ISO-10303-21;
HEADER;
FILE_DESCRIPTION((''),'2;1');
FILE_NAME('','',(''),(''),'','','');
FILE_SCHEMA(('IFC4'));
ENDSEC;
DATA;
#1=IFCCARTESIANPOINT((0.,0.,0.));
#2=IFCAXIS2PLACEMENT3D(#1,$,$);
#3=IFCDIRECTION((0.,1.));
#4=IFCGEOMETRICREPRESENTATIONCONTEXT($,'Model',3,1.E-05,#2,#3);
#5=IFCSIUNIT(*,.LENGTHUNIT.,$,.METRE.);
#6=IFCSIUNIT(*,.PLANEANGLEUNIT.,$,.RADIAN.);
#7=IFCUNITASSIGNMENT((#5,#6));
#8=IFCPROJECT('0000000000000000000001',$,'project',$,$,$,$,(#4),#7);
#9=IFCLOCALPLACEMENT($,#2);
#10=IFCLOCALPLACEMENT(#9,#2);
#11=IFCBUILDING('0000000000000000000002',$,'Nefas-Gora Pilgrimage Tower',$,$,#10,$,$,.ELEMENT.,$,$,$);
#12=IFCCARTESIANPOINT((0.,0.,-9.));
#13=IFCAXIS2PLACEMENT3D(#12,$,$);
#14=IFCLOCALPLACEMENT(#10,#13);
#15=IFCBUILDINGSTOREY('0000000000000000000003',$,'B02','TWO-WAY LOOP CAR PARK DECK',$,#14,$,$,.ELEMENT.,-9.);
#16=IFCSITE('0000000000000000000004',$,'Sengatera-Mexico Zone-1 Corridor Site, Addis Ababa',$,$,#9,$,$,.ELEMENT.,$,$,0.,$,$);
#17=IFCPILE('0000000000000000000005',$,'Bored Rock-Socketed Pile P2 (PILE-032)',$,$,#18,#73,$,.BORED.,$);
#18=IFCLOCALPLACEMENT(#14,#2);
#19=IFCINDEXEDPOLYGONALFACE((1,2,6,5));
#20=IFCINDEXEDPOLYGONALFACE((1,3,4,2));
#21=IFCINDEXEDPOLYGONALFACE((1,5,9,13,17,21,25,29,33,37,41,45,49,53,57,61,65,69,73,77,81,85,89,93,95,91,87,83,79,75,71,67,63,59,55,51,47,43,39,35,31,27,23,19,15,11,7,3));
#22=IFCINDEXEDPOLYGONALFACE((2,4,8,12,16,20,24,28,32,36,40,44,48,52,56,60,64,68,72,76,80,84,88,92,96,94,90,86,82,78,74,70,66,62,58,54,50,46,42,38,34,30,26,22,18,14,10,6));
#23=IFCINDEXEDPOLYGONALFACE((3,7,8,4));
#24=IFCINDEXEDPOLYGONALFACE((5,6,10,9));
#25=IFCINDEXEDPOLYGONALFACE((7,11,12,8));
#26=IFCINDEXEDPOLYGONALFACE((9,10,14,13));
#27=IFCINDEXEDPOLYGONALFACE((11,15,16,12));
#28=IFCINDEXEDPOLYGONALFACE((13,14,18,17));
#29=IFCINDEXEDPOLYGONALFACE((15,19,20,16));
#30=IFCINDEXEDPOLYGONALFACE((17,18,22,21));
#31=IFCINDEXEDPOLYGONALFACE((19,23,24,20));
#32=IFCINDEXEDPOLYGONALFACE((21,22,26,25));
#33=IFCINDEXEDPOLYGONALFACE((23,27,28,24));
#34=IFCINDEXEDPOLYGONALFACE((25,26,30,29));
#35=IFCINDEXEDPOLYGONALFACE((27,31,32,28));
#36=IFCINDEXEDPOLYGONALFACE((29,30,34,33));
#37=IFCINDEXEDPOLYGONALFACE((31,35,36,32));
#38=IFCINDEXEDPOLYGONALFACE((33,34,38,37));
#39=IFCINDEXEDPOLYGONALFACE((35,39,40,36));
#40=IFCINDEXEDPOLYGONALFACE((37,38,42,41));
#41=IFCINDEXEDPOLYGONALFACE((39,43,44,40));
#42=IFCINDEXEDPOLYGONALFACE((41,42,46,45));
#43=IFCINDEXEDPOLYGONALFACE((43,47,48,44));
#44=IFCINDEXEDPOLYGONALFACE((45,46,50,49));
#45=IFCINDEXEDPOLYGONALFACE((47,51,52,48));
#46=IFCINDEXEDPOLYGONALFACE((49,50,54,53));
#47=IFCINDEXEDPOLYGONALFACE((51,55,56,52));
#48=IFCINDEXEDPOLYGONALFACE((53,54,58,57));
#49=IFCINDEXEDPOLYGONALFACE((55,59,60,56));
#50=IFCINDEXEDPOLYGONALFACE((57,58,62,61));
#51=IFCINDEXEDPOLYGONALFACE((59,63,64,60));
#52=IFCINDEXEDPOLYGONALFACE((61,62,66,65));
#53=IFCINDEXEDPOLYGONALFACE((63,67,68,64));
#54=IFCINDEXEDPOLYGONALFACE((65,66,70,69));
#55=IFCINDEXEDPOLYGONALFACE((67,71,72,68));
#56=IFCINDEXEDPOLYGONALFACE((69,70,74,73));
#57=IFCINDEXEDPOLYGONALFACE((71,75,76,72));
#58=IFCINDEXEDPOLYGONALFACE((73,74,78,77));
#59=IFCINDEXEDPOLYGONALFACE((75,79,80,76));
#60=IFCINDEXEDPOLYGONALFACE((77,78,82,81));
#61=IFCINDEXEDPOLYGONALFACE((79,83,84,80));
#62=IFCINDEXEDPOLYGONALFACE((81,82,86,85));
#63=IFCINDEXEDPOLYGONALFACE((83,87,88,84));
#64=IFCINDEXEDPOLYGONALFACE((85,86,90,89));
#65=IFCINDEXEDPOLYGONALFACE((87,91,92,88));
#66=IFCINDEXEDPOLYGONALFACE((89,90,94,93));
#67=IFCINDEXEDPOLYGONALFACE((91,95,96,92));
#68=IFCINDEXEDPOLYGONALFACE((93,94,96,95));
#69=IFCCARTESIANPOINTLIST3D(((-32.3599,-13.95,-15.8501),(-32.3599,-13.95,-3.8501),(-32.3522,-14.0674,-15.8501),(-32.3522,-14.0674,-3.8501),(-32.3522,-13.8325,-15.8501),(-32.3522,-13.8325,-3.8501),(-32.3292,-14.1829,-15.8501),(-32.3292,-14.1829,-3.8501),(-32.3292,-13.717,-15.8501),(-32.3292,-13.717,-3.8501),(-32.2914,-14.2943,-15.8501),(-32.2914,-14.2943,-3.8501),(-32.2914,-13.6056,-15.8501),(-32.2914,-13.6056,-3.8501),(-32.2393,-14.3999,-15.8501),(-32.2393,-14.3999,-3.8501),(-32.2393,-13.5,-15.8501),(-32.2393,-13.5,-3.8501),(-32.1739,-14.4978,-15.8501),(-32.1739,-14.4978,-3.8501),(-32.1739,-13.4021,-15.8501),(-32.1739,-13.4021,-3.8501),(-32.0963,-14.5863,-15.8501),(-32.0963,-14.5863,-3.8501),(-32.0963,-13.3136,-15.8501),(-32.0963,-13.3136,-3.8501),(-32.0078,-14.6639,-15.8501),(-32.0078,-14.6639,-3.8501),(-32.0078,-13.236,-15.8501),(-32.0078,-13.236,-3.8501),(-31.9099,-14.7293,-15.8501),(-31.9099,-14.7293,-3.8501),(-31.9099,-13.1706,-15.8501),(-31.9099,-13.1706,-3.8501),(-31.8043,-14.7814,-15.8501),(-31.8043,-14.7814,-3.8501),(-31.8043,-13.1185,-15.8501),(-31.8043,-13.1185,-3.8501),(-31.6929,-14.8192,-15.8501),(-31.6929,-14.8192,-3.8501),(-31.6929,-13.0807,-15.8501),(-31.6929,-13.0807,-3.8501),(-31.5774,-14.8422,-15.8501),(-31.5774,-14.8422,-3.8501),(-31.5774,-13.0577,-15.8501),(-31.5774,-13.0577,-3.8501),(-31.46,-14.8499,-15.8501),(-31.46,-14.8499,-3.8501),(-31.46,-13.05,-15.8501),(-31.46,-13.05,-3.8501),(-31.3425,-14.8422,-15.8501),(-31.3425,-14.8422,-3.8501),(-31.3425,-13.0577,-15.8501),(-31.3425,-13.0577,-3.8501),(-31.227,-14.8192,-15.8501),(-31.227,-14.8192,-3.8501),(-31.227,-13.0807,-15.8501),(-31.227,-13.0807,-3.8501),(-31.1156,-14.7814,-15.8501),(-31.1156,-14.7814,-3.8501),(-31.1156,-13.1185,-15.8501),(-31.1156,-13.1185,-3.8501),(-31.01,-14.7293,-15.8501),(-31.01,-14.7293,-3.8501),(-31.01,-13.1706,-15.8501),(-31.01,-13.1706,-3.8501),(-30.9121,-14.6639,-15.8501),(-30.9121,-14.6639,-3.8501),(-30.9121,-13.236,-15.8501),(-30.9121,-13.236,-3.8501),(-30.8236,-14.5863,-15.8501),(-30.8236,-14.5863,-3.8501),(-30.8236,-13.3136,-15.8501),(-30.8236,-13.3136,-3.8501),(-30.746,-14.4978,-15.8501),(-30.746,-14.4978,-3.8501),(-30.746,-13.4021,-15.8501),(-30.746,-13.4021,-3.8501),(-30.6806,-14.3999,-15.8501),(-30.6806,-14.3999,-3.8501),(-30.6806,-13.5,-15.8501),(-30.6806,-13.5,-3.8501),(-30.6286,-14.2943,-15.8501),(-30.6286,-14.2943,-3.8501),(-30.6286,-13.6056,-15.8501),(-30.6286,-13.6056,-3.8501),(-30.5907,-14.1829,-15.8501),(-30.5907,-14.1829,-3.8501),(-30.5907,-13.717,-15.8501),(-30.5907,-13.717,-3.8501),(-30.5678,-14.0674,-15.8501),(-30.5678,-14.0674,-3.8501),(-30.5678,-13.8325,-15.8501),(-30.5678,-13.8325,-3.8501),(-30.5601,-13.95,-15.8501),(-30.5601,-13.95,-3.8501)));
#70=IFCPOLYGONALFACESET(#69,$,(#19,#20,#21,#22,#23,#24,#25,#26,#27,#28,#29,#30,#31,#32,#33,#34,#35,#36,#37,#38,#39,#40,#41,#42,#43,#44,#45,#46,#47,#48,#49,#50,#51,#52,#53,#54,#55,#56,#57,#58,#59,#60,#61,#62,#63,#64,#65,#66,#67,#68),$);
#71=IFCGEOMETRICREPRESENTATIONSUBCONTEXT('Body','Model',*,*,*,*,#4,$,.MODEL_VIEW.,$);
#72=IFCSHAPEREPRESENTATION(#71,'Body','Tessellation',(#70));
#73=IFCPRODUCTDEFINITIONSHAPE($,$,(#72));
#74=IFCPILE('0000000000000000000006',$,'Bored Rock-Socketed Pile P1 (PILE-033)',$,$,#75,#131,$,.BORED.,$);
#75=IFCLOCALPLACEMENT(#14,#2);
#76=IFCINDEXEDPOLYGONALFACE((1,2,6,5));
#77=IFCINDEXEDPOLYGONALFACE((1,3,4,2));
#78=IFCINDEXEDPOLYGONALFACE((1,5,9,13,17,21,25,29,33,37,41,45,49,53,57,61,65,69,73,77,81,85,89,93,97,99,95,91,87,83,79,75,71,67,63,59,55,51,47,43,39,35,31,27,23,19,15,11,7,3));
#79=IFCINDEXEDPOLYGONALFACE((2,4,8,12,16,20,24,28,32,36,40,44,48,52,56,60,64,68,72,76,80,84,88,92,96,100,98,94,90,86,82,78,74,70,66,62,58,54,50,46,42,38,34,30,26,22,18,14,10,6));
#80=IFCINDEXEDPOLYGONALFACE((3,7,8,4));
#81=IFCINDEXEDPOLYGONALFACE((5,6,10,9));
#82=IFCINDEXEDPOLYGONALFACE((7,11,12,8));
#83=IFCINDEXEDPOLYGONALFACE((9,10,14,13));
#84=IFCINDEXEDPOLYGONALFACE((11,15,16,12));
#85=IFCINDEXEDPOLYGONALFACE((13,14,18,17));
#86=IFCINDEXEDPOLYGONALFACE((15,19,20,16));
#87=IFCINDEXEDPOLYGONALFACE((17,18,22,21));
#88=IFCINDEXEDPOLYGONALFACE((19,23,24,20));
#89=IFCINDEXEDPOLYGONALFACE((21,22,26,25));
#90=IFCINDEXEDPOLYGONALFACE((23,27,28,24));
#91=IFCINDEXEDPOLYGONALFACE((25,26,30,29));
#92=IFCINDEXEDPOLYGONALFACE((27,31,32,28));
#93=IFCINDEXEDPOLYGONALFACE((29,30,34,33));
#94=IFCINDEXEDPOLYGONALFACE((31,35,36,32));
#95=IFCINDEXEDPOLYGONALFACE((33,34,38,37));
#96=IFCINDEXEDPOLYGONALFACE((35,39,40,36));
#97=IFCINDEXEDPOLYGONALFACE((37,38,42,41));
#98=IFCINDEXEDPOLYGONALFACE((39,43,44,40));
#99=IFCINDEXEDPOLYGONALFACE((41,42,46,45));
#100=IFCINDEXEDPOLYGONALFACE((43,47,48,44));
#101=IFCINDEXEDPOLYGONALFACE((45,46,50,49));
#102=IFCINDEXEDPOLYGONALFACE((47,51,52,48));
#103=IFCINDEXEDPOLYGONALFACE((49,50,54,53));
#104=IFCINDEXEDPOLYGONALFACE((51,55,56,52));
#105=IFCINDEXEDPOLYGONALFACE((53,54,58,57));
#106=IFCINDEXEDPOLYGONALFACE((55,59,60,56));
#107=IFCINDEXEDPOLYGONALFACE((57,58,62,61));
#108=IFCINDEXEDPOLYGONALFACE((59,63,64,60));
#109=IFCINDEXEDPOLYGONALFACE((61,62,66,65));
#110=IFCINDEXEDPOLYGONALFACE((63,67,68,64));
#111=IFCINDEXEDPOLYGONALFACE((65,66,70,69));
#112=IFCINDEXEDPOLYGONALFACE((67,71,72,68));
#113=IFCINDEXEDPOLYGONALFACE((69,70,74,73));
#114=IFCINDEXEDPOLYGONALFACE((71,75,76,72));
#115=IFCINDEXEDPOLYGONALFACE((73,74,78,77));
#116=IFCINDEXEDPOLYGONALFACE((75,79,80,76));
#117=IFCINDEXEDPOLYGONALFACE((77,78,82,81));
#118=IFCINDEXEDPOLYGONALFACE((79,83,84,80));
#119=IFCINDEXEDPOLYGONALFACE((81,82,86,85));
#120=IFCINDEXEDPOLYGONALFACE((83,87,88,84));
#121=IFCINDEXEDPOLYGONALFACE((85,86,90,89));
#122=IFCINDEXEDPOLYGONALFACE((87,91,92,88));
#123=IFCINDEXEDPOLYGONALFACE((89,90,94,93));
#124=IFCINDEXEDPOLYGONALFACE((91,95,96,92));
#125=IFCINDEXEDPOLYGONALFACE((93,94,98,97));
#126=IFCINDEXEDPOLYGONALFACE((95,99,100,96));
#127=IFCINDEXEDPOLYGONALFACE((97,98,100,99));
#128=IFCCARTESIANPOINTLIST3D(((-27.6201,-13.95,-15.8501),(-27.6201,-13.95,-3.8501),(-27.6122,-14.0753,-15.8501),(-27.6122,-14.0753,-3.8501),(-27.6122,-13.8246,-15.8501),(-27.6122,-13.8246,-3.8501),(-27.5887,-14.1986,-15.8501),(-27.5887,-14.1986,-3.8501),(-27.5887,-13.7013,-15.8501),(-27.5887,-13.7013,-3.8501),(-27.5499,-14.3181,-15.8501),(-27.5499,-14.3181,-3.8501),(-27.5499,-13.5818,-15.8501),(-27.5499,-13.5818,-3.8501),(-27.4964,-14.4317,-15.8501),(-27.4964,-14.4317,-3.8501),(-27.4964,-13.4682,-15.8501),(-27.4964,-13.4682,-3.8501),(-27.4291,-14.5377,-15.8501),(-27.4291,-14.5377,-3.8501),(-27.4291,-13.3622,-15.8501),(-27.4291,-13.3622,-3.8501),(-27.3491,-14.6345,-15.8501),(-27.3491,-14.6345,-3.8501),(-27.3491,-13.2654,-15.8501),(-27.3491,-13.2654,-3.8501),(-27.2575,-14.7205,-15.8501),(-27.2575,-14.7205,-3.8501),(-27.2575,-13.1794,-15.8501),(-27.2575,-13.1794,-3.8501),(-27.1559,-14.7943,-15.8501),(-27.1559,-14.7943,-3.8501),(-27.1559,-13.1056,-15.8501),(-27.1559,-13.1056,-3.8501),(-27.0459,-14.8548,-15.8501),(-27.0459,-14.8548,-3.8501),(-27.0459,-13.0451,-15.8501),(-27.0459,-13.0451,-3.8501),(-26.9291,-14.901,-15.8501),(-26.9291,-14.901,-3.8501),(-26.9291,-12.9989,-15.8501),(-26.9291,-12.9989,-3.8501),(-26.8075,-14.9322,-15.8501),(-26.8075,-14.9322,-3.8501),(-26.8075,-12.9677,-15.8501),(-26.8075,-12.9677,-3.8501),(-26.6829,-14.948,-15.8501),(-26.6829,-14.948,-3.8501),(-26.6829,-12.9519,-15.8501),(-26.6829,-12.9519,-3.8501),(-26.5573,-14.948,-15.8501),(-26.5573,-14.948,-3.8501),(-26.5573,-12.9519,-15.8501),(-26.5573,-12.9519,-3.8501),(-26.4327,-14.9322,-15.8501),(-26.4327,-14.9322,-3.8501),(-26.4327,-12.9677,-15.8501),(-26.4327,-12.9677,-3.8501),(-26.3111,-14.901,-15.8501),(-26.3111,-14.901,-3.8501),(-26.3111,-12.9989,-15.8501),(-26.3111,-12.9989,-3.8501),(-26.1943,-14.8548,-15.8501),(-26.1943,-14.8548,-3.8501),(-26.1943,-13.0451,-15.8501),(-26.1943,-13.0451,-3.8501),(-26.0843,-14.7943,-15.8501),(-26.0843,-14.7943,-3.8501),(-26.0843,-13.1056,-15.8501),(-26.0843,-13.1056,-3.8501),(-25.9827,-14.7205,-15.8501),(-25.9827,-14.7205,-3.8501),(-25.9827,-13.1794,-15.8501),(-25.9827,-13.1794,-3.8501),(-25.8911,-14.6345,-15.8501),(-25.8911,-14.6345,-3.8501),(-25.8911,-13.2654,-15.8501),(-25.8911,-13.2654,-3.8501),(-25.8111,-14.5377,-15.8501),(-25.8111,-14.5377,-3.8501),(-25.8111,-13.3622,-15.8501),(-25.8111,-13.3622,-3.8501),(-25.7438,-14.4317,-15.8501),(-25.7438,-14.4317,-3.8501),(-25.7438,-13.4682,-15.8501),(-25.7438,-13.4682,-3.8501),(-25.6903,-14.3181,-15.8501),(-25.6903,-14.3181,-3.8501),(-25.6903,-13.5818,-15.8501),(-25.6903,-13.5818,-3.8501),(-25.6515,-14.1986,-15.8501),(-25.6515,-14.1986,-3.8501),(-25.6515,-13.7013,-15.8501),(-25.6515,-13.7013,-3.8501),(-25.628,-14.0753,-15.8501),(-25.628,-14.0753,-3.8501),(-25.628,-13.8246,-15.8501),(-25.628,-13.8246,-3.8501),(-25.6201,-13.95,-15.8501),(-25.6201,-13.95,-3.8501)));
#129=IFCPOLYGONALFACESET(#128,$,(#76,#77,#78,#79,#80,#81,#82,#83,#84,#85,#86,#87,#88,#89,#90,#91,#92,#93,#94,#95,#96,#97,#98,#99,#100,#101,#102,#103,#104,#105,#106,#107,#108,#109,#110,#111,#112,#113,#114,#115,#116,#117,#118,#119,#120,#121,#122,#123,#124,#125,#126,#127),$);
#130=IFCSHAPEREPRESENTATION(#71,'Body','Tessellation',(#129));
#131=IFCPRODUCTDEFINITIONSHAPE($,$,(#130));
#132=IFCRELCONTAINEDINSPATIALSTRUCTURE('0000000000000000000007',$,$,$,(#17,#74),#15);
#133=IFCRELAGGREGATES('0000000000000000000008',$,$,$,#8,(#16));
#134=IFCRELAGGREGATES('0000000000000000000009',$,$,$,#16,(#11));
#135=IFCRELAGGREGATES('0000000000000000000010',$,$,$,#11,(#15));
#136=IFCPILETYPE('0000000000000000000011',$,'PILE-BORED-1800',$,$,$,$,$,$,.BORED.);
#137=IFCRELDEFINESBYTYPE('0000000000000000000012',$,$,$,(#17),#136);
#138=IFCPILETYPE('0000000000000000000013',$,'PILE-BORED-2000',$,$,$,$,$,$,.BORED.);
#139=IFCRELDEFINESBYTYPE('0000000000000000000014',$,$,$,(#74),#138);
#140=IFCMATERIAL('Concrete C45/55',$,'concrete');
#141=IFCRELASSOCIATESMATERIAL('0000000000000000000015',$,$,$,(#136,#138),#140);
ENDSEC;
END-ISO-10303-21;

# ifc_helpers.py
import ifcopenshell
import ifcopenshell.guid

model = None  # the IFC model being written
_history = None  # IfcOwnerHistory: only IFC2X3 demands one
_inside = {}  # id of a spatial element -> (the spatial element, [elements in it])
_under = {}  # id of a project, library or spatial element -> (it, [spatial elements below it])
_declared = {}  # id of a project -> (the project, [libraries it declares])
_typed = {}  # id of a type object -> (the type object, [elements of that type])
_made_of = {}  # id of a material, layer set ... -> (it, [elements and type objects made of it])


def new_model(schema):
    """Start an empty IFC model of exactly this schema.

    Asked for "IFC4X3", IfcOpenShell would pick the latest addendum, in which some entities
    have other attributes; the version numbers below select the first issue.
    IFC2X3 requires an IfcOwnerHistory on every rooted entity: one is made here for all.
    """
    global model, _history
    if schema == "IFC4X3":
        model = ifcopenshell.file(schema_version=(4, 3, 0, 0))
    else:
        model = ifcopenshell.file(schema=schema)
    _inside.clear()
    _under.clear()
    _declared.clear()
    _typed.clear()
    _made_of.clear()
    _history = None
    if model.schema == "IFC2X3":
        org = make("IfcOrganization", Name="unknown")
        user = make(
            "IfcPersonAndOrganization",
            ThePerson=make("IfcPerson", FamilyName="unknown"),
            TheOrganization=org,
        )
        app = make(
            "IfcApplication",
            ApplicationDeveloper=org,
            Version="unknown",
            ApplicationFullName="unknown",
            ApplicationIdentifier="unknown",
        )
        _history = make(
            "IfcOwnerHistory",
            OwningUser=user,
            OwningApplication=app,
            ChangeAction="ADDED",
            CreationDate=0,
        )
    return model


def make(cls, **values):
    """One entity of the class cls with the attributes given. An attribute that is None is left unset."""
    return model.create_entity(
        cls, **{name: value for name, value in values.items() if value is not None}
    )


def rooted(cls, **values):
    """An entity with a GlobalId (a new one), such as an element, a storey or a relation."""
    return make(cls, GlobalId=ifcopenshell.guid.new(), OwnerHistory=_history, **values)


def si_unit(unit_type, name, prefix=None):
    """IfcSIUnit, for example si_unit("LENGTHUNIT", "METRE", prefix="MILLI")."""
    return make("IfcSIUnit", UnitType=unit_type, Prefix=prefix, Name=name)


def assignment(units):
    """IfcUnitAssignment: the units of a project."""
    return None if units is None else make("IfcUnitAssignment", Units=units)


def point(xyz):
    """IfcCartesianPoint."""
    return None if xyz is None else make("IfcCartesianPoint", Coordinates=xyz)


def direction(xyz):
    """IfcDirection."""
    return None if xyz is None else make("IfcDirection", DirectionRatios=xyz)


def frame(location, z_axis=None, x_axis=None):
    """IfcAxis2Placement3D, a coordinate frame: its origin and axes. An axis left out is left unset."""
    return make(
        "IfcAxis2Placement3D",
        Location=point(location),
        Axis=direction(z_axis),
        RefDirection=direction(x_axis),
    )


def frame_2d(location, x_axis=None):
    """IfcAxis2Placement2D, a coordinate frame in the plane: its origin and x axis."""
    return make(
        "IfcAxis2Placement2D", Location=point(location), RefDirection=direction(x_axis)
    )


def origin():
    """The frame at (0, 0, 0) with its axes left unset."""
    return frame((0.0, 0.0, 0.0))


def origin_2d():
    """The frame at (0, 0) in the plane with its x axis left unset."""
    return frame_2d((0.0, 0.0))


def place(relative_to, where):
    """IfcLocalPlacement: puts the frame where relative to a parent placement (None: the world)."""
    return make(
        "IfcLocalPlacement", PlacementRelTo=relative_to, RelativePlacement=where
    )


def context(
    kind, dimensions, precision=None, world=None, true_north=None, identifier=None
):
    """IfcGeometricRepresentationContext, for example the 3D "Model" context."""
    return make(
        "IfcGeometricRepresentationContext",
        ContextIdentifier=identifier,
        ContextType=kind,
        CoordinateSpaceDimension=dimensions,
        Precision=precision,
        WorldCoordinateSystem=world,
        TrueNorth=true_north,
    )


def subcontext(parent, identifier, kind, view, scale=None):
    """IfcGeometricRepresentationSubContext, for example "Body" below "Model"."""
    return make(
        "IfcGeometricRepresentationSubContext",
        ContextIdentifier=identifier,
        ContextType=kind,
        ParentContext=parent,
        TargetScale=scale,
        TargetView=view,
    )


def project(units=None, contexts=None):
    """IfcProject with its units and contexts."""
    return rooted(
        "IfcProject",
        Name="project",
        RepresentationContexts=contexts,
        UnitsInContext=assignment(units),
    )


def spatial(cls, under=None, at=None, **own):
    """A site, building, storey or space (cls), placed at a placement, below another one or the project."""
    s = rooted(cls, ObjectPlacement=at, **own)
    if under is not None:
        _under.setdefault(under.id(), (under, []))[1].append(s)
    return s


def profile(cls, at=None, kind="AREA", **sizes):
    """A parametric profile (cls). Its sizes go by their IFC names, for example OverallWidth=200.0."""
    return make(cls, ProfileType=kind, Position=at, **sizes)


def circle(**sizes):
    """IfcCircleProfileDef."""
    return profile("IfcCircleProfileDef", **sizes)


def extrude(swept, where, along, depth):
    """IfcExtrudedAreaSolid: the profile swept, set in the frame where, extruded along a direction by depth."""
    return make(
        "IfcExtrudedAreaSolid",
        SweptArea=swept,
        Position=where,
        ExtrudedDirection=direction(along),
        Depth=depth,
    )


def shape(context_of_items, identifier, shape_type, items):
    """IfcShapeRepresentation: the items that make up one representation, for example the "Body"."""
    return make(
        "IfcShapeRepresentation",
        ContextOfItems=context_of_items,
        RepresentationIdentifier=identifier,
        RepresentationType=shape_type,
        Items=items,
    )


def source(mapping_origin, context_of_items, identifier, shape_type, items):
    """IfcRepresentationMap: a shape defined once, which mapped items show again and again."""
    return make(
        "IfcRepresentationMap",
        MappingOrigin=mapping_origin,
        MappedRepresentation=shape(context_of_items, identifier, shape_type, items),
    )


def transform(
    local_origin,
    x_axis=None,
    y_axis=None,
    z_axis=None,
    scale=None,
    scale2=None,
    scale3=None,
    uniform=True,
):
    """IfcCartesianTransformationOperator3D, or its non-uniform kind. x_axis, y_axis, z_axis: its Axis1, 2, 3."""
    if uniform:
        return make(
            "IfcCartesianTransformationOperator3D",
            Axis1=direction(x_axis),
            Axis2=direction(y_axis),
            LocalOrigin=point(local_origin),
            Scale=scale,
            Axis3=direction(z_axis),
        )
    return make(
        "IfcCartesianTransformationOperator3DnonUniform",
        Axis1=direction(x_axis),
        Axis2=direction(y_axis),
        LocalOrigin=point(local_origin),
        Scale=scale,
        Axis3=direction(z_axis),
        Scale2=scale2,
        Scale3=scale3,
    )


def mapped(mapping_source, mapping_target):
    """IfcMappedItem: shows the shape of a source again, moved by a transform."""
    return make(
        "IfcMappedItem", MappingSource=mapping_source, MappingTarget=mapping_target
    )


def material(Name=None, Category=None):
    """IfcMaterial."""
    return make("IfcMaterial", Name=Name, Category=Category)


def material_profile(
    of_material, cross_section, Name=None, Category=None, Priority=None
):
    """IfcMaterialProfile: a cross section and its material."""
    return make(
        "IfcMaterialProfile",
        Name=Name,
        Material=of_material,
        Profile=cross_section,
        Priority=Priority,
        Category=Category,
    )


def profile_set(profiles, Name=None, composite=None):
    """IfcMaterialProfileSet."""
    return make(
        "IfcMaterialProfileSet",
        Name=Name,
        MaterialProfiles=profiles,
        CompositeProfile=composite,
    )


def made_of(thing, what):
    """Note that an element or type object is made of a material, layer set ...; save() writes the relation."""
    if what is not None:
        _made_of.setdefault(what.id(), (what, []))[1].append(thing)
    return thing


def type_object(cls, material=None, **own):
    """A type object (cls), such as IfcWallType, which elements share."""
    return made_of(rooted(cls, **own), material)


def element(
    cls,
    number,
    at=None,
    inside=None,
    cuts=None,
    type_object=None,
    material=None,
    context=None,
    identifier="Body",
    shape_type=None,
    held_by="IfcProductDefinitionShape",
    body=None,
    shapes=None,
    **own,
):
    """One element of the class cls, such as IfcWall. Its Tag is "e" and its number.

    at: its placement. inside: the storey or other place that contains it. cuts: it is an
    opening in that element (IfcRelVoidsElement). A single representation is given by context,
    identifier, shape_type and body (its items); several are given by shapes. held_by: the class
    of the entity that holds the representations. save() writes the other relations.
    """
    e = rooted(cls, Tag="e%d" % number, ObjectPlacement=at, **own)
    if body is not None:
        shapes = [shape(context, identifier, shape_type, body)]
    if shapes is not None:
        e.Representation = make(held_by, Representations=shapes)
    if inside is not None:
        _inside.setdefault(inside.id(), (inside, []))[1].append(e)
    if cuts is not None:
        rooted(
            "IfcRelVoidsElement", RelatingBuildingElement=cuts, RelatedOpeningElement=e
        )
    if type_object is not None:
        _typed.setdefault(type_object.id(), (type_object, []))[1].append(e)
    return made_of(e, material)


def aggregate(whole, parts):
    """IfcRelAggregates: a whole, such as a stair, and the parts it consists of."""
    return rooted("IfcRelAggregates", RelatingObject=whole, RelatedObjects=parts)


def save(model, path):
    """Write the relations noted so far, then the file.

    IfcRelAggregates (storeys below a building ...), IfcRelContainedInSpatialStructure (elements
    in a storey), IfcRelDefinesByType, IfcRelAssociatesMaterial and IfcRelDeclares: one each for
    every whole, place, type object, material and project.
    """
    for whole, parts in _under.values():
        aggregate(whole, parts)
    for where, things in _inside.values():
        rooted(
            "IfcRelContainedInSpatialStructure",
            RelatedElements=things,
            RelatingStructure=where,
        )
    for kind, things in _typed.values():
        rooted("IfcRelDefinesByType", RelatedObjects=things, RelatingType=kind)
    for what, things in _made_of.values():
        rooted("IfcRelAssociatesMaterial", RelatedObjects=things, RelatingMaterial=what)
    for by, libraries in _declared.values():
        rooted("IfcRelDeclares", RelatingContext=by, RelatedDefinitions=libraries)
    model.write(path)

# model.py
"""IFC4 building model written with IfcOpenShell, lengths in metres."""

from ifc_helpers import new_model, si_unit, direction, frame, origin, origin_2d, place, context, subcontext, project, spatial, circle, extrude, source, transform, mapped, material, material_profile, profile_set, type_object, element, save


model = new_model("IFC4")

# Units and contexts
model_context = context("Model", 3, precision=1e-05, world=origin(), true_north=direction((0.0, 1.0)))
body_context = subcontext(model_context, "Body", "Model", "MODEL_VIEW")
ifc_project = project(units=[si_unit("LENGTHUNIT", "METRE"), si_unit("PLANEANGLEUNIT", "RADIAN")], contexts=[model_context])

# Site, building, storey
site_placement = place(None, origin())
site = spatial("IfcSite", under=ifc_project, at=site_placement, Name="Sengatera-Mexico Zone-1 Corridor Site, Addis Ababa", CompositionType="ELEMENT", RefElevation=0.0)
building_placement = place(site_placement, origin())
building = spatial("IfcBuilding", under=site, at=building_placement, Name="Nefas-Gora Pilgrimage Tower", CompositionType="ELEMENT")
storey_placement = place(building_placement, frame((0.0, 0.0, -9.0)))
storey = spatial("IfcBuildingStorey", under=building, at=storey_placement, Name="B02", Description="TWO-WAY LOOP CAR PARK DECK", CompositionType="ELEMENT", Elevation=-9.0)

# Piles
ifc_material_1 = material(Name="Concrete C45/55", Category="concrete")
ifc_material_profile_1 = material_profile(ifc_material_1, circle(Radius=0.8999, at=origin_2d()), Name="PILE D1800")
ifc_profile_set_1 = profile_set([ifc_material_profile_1], Name="Concrete C45/55")
pile_type_1 = type_object("IfcPileType", Name="PILE-BORED-1800", PredefinedType="BORED", material=ifc_profile_set_1)
shared_shape_1 = source(origin(), body_context, "Body", "SweptSolid", [
    extrude(circle(Radius=0.8999, at=origin_2d()), origin(), (0.0, 0.0, 1.0), 12.0),
])
for number, where, z_axis, x_axis, name in (
    (1, (-31.46, -13.95, -3.8501), (0.0, 0.0, -1.0), (1.0, 0.0, 0.0), "Bored Rock-Socketed Pile P2 (PILE-032)"),
):
    element("IfcPile", number, at=place(storey_placement, frame(where, z_axis=z_axis, x_axis=x_axis)), inside=storey, type_object=pile_type_1, Name=name, PredefinedType="BORED", context=body_context, shape_type="MappedRepresentation", body=[
        mapped(shared_shape_1, transform((0.0, 0.0, 0.0), x_axis=(1.0, 0.0, 0.0), y_axis=(0.0, 1.0, 0.0), z_axis=(0.0, 0.0, 1.0), scale=1.0)),
    ])
ifc_material_profile_2 = material_profile(ifc_material_1, circle(Radius=1.0, at=origin_2d()), Name="PILE D2000")
ifc_profile_set_2 = profile_set([ifc_material_profile_2], Name="Concrete C45/55")
pile_type_2 = type_object("IfcPileType", Name="PILE-BORED-2000", PredefinedType="BORED", material=ifc_profile_set_2)
shared_shape_2 = source(origin(), body_context, "Body", "SweptSolid", [
    extrude(circle(Radius=1.0, at=origin_2d()), origin(), (0.0, 0.0, 1.0), 12.0),
])
pile_placement = place(storey_placement, frame((-26.6201, -13.95, -3.8501), z_axis=(0.0, 0.0, -1.0), x_axis=(1.0, 0.0, 0.0)))
element("IfcPile", 2, at=pile_placement, inside=storey, type_object=pile_type_2, Name="Bored Rock-Socketed Pile P1 (PILE-033)", PredefinedType="BORED", context=body_context, shape_type="MappedRepresentation", body=[
    mapped(shared_shape_2, transform((0.0, 0.0, 0.0), x_axis=(1.0, 0.0, 0.0), y_axis=(0.0, 1.0, 0.0), z_axis=(0.0, 0.0, 1.0), scale=1.0)),
])

save(model, "model.ifc")
